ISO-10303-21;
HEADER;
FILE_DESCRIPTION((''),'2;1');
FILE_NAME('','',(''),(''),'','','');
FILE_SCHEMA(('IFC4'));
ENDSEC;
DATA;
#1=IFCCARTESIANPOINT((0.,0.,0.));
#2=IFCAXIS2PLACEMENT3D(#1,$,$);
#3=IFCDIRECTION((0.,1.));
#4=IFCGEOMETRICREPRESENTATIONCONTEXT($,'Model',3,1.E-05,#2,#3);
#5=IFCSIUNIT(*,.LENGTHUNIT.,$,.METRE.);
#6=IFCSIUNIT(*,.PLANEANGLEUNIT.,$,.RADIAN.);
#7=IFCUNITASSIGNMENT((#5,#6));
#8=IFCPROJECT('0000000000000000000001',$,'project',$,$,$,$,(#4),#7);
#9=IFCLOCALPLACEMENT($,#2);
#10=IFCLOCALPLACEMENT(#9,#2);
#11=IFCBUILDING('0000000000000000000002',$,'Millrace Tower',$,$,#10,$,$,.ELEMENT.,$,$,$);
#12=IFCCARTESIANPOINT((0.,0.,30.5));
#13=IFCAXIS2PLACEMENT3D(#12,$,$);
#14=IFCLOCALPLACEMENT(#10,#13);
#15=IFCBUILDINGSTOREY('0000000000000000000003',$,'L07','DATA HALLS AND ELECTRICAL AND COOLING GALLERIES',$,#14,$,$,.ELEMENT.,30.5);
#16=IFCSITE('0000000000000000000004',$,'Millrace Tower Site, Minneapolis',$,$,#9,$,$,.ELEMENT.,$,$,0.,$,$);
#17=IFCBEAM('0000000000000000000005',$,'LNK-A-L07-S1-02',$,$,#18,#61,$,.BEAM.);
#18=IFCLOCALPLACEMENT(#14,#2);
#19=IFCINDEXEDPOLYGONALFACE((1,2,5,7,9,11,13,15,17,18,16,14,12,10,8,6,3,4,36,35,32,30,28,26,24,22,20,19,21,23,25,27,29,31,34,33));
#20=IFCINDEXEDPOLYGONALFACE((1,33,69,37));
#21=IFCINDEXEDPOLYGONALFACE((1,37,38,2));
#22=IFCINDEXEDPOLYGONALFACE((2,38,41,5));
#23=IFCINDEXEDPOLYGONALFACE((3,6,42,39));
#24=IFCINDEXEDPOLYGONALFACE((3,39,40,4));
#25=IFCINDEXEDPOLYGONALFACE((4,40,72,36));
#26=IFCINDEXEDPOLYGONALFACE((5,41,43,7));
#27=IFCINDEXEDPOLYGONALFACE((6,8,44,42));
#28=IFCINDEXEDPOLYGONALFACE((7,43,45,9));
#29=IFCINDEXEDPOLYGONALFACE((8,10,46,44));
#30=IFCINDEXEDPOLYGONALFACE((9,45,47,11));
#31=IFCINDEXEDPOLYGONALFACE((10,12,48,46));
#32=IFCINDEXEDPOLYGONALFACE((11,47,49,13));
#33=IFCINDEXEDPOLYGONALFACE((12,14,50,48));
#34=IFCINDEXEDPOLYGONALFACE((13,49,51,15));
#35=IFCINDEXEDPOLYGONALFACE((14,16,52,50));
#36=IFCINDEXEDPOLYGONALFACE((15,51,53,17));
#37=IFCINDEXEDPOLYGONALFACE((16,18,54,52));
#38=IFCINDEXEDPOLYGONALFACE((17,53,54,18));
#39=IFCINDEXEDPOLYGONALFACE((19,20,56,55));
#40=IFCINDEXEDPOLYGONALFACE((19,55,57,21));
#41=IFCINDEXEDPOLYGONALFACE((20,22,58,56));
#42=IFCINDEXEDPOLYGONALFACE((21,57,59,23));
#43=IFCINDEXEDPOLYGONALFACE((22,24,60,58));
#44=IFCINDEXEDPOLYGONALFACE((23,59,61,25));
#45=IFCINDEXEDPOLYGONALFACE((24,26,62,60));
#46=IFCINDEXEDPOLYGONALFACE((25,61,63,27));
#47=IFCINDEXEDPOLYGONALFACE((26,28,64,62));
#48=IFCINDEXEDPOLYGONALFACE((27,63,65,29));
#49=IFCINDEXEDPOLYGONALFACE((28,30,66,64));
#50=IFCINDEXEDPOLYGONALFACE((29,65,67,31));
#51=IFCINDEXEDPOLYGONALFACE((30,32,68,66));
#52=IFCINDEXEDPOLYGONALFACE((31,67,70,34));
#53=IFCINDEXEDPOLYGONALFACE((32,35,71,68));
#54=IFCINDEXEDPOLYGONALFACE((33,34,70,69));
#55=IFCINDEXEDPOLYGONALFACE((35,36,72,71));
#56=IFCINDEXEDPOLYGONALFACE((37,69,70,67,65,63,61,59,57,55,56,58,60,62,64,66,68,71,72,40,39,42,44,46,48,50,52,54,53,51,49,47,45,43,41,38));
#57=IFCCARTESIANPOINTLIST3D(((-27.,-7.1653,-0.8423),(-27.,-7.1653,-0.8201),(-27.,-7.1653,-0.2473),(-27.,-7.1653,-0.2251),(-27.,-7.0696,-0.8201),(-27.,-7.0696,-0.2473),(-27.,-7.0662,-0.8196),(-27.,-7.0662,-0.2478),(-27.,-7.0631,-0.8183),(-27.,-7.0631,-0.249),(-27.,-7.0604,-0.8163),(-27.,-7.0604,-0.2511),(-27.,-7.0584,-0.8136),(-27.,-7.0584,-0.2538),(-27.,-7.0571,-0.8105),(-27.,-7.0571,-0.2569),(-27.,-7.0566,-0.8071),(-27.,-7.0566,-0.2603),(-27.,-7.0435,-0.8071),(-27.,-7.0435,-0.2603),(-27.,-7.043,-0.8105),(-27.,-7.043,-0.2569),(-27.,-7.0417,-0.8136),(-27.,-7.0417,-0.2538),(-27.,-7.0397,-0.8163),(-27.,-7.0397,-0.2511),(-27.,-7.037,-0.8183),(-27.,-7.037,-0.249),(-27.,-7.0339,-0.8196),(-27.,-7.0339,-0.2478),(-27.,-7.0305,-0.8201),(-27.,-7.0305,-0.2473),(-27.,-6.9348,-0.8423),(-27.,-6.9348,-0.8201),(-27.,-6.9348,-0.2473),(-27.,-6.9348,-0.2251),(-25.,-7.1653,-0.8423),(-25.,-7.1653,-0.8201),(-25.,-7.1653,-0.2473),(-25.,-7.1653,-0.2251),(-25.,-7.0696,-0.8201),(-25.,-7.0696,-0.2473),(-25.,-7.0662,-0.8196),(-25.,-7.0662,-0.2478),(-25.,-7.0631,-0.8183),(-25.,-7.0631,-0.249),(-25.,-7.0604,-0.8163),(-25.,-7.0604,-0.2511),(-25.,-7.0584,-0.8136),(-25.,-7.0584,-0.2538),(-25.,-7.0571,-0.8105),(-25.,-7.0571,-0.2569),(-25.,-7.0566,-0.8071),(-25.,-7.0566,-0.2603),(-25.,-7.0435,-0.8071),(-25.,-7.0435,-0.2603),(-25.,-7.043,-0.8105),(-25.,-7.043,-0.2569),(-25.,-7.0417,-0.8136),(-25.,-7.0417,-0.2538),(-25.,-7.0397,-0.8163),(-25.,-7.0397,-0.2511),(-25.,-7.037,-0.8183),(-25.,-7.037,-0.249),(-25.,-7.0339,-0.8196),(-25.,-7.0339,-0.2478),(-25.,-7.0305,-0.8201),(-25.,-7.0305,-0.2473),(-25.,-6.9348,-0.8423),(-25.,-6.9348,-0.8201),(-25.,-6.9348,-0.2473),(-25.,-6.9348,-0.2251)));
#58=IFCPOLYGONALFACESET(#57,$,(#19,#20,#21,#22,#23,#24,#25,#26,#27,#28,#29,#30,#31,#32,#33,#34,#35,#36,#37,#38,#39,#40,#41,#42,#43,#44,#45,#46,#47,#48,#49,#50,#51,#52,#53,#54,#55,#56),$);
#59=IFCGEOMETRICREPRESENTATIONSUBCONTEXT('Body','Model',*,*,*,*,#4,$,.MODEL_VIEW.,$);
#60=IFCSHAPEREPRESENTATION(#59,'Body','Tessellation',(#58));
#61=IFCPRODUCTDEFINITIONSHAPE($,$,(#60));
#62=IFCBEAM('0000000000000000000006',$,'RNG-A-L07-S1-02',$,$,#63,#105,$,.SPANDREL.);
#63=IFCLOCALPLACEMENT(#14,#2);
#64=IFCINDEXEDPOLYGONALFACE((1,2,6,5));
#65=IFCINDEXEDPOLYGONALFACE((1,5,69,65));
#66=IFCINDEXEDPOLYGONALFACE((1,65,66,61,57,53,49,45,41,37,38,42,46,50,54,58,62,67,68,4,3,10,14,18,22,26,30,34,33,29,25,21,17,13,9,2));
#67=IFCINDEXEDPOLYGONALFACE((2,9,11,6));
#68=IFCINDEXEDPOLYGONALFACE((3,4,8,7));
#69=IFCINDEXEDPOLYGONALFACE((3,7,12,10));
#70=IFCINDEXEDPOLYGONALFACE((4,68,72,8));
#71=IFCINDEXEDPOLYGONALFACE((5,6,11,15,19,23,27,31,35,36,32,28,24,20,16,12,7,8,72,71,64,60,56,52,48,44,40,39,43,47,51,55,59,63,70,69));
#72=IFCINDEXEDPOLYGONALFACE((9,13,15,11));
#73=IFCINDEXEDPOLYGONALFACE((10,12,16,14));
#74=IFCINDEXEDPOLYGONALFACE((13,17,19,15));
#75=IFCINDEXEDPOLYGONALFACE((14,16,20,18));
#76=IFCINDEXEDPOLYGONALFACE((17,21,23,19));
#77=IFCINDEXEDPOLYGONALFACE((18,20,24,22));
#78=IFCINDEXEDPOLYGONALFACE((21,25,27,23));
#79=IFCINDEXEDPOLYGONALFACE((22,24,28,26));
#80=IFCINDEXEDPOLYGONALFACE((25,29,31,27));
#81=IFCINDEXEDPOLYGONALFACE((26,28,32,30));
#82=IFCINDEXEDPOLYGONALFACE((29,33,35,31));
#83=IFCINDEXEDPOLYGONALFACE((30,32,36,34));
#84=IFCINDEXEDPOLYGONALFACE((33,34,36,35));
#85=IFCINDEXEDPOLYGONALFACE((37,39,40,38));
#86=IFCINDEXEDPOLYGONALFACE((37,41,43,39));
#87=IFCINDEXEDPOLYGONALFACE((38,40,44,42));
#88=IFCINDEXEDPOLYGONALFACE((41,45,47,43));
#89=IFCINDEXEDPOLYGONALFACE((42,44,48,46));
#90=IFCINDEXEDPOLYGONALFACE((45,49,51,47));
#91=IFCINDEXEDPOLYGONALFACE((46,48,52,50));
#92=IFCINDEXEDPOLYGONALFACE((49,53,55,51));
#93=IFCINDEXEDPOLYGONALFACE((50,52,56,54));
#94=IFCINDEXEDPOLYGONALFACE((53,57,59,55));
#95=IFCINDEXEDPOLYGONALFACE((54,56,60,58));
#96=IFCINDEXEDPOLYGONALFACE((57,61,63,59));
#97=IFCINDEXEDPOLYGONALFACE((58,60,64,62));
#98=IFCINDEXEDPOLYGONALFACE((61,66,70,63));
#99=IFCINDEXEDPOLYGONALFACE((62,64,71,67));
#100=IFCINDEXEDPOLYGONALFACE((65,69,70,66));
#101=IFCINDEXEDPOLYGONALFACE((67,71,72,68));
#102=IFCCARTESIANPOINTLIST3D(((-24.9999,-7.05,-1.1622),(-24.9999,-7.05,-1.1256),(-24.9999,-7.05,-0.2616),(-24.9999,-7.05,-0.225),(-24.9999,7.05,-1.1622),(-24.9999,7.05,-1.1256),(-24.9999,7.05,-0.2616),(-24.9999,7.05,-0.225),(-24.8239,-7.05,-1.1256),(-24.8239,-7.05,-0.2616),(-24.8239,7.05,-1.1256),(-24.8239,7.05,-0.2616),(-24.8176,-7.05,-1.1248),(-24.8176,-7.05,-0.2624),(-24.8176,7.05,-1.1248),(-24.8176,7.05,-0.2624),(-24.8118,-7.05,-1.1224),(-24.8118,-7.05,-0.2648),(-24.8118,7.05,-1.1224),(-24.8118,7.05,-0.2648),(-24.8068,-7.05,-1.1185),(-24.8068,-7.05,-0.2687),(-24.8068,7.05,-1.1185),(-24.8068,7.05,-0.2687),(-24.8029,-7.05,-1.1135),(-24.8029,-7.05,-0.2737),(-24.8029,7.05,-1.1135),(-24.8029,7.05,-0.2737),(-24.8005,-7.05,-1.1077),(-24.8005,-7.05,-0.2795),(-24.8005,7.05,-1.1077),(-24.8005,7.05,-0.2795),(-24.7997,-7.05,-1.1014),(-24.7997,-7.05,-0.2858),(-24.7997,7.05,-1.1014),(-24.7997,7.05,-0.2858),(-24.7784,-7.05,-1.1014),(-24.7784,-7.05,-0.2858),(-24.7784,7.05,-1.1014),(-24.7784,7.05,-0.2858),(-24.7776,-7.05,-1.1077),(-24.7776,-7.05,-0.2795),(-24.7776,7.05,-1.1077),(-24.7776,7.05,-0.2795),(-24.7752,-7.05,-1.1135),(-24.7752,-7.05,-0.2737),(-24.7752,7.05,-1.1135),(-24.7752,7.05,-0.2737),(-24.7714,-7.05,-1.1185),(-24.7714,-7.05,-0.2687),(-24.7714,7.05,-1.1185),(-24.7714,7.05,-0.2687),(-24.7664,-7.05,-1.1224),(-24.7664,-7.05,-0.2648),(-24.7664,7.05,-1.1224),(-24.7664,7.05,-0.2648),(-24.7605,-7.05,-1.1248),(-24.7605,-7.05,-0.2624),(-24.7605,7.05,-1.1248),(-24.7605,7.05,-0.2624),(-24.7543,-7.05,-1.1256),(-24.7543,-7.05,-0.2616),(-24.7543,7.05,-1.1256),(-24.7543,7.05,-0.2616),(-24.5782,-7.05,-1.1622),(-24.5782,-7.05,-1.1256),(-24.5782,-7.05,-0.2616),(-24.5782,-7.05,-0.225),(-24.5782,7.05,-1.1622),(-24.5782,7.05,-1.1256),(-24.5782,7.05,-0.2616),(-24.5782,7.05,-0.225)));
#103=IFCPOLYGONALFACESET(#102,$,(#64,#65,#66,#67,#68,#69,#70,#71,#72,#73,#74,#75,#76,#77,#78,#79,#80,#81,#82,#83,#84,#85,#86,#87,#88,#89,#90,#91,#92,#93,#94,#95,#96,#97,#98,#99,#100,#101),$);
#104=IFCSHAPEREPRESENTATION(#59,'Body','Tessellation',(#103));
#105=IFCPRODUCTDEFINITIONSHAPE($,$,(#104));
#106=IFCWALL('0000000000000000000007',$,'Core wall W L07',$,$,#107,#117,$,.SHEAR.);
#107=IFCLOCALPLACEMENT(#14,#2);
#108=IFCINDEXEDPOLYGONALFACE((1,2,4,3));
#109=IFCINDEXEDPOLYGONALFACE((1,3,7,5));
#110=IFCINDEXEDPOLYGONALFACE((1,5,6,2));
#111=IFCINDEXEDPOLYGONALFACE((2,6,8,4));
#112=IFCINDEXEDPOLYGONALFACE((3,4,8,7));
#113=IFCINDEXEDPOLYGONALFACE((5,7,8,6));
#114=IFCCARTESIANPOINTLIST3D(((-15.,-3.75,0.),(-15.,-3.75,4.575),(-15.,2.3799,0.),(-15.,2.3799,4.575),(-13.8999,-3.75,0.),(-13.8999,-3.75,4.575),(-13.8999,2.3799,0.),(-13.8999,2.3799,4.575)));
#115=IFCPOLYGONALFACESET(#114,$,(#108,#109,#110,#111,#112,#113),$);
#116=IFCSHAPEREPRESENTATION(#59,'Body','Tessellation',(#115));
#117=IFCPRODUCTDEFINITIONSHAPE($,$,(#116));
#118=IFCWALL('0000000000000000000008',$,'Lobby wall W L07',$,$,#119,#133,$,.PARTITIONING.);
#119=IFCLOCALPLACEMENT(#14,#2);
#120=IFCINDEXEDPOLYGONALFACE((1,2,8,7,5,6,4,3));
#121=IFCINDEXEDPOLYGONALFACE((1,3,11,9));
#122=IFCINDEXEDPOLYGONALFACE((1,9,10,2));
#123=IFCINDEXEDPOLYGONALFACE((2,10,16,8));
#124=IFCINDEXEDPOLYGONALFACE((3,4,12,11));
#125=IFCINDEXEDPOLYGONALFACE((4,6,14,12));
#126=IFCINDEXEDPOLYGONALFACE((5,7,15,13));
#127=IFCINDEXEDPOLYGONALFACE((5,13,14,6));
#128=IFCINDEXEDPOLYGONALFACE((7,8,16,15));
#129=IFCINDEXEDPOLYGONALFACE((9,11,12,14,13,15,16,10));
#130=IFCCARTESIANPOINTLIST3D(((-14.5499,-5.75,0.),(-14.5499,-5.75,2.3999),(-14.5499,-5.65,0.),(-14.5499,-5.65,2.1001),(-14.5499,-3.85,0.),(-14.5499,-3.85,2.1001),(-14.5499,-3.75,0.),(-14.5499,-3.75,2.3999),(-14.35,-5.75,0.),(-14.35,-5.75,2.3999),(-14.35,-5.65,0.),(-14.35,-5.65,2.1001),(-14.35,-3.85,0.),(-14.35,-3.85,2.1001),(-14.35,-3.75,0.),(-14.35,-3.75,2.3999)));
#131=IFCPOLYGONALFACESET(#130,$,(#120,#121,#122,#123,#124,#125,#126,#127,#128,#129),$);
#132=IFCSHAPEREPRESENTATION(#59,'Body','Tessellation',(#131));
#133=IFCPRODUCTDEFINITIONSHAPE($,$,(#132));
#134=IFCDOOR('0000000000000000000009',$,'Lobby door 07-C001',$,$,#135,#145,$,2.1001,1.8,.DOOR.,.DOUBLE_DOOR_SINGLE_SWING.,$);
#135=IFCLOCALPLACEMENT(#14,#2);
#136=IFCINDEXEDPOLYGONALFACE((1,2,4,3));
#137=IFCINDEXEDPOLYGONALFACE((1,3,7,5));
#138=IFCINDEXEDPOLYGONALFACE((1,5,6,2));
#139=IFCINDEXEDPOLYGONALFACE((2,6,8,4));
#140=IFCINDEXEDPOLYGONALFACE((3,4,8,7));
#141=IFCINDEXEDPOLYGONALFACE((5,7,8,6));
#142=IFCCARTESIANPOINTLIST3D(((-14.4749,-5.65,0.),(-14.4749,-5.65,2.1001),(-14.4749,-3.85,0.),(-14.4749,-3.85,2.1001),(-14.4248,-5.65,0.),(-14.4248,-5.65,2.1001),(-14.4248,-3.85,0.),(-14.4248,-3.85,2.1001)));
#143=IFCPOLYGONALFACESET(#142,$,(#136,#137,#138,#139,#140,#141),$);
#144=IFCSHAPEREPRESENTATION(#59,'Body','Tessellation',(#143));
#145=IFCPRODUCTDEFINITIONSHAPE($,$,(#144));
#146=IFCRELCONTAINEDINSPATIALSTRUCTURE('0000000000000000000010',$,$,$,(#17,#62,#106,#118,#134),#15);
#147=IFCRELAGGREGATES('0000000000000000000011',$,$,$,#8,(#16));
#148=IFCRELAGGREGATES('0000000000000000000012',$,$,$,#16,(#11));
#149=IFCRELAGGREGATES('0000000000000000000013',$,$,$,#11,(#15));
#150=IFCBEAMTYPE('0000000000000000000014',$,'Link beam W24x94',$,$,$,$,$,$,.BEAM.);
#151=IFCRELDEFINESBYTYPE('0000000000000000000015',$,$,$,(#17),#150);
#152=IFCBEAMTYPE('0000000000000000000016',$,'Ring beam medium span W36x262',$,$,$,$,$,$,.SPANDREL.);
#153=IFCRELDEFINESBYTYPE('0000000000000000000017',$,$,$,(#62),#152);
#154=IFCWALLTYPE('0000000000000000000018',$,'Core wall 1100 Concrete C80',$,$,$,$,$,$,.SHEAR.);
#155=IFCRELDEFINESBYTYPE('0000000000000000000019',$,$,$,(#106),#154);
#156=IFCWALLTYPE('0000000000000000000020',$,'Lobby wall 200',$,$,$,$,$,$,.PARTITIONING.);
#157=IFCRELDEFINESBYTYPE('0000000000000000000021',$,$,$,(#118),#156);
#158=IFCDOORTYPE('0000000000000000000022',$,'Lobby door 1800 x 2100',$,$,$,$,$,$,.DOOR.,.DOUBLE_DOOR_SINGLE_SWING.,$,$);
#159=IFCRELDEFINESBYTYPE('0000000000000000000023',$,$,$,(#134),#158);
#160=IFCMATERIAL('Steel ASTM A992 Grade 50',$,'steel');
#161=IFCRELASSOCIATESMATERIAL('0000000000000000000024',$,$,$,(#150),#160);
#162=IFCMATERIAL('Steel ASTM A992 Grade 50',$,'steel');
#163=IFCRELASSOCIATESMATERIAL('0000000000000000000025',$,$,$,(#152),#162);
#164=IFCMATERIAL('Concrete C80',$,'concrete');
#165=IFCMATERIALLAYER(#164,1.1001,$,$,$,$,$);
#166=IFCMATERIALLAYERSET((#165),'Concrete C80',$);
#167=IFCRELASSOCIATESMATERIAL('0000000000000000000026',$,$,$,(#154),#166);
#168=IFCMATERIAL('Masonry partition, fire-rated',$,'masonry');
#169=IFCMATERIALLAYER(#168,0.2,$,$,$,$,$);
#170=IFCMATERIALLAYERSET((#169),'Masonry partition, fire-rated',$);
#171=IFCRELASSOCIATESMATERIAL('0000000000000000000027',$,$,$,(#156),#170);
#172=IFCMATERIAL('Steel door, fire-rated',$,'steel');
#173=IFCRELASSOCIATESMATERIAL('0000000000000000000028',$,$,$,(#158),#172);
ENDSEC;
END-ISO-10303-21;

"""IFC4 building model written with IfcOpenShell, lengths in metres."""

from ifc_helpers import new_model, si_unit, direction, frame, frame_2d, origin, origin_2d, place, context, subcontext, project, spatial, rectangle, i_section, extrude, material, layer, layer_set, material_profile, profile_set, type_object, element, fill, save


model = new_model("IFC4")

# Units and contexts
model_context = context("Model", 3, precision=1e-05, world=origin(), true_north=direction((0.0, 1.0)))
body_context = subcontext(model_context, "Body", "Model", "MODEL_VIEW")
ifc_project = project(units=[si_unit("LENGTHUNIT", "METRE"), si_unit("PLANEANGLEUNIT", "RADIAN")], contexts=[model_context])

# Site, building, storey
site_placement = place(None, origin())
site = spatial("IfcSite", under=ifc_project, at=site_placement, Name="Millrace Tower Site, Minneapolis", CompositionType="ELEMENT", RefElevation=0.0)
building_placement = place(site_placement, origin())
building = spatial("IfcBuilding", under=site, at=building_placement, Name="Millrace Tower", CompositionType="ELEMENT")
storey_placement = place(building_placement, frame((0.0, 0.0, 30.5)))
storey = spatial("IfcBuildingStorey", under=building, at=storey_placement, Name="L07", Description="DATA HALLS AND ELECTRICAL AND COOLING GALLERIES", CompositionType="ELEMENT", Elevation=30.5)

# Beams
ifc_material_1 = material(Name="Steel ASTM A992 Grade 50", Category="steel")
ifc_material_profile_1 = material_profile(ifc_material_1, i_section(OverallWidth=0.2305, OverallDepth=0.6172, WebThickness=0.0132, FlangeThickness=0.0222, FilletRadius=0.0129, at=origin_2d()))
ifc_profile_set_1 = profile_set([ifc_material_profile_1], Name="Steel ASTM A992 Grade 50")
beam_type_1 = type_object("IfcBeamType", Name="Link beam W24x94", PredefinedType="BEAM", material=ifc_profile_set_1)
beam_1_placement = place(storey_placement, frame((-25.0, -7.05, -0.5337), z_axis=(-1.0, 0.0, 0.0), x_axis=(0.0, -1.0, 0.0)))
element("IfcBeam", 1, at=beam_1_placement, inside=storey, type_object=beam_type_1, Name="LNK-A-L07-S1-02", PredefinedType="BEAM", context=body_context, shape_type="SweptSolid", body=[
    extrude(i_section(OverallWidth=0.2305, OverallDepth=0.6172, WebThickness=0.0132, FlangeThickness=0.0222, FilletRadius=0.0129, at=origin_2d()), origin(), (0.0, 0.0, 1.0), 2.0),
])
ifc_material_2 = material(Name="Steel ASTM A992 Grade 50", Category="steel")
ifc_material_profile_2 = material_profile(ifc_material_2, i_section(OverallWidth=0.4216, OverallDepth=0.9373, WebThickness=0.0212, FlangeThickness=0.0366, FilletRadius=0.0242, at=origin_2d()))
ifc_profile_set_2 = profile_set([ifc_material_profile_2], Name="Steel ASTM A992 Grade 50")
beam_type_2 = type_object("IfcBeamType", Name="Ring beam medium span W36x262", PredefinedType="SPANDREL", material=ifc_profile_set_2)
beam_2_placement = place(storey_placement, frame((-24.7891, -7.05, -0.6936), z_axis=(0.0, 1.0, 0.0), x_axis=(-1.0, 0.0, 0.0)))
element("IfcBeam", 2, at=beam_2_placement, inside=storey, type_object=beam_type_2, Name="RNG-A-L07-S1-02", PredefinedType="SPANDREL", context=body_context, shape_type="SweptSolid", body=[
    extrude(i_section(OverallWidth=0.4216, OverallDepth=0.9373, WebThickness=0.0212, FlangeThickness=0.0366, FilletRadius=0.0242, at=origin_2d()), origin(), (0.0, 0.0, 1.0), 14.1001),
])

# Wall
ifc_material_3 = material(Name="Concrete C80", Category="concrete")
ifc_layer_1 = layer(ifc_material_3, 1.1001)
ifc_layer_set_1 = layer_set([ifc_layer_1], Name="Concrete C80")
wall_type_1 = type_object("IfcWallType", Name="Core wall 1100 Concrete C80", PredefinedType="SHEAR", material=ifc_layer_set_1)
wall_1_placement = place(storey_placement, frame((-14.45, -3.75, 0.0), z_axis=(0.0, 0.0, 1.0), x_axis=(0.0, 1.0, 0.0)))
element("IfcWall", 3, at=wall_1_placement, inside=storey, type_object=wall_type_1, Name="Core wall W L07", PredefinedType="SHEAR", context=body_context, shape_type="SweptSolid", body=[
    extrude(rectangle(XDim=6.1299, YDim=1.1001, at=frame_2d((3.0649, 0.0))), origin(), (0.0, 0.0, 1.0), 4.575),
])

# Wall, opening, door
ifc_material_4 = material(Name="Masonry partition, fire-rated", Category="masonry")
ifc_layer_2 = layer(ifc_material_4, 0.2)
ifc_layer_set_2 = layer_set([ifc_layer_2], Name="Masonry partition, fire-rated")
wall_type_2 = type_object("IfcWallType", Name="Lobby wall 200", PredefinedType="PARTITIONING", material=ifc_layer_set_2)
wall_2_placement = place(storey_placement, frame((-14.45, -5.75, 0.0), z_axis=(0.0, 0.0, 1.0), x_axis=(0.0, 1.0, 0.0)))
wall_2 = element("IfcWall", 4, at=wall_2_placement, inside=storey, type_object=wall_type_2, Name="Lobby wall W L07", PredefinedType="PARTITIONING", context=body_context, shape_type="SweptSolid", body=[
    extrude(rectangle(XDim=2.0, YDim=0.2, at=frame_2d((1.0, 0.0))), origin(), (0.0, 0.0, 1.0), 2.3999),
])
opening_placement = place(wall_2_placement, frame((0.1001, 0.0, 0.0)))
opening = element("IfcOpeningElement", 5, at=opening_placement, cuts=wall_2, PredefinedType="OPENING", context=body_context, shape_type="SweptSolid", body=[
    extrude(rectangle(XDim=1.8, YDim=2.1001, at=frame_2d((0.8999, 1.05))), frame((0.0, 0.1099, 0.0), z_axis=(0.0, -1.0, 0.0), x_axis=(1.0, 0.0, 0.0)), (0.0, 0.0, 1.0), 0.22),
])
ifc_material_5 = material(Name="Steel door, fire-rated", Category="steel")
door_type = type_object("IfcDoorType", Name="Lobby door 1800 x 2100", OperationType="DOUBLE_DOOR_SINGLE_SWING", PredefinedType="DOOR", material=ifc_material_5)
door_placement = place(opening_placement, origin())
door = element("IfcDoor", 6, at=door_placement, inside=storey, type_object=door_type, Name="Lobby door 07-C001", OperationType="DOUBLE_DOOR_SINGLE_SWING", OverallHeight=2.1001, OverallWidth=1.8, PredefinedType="DOOR", context=body_context, shape_type="SweptSolid", body=[
    extrude(rectangle(XDim=1.8, YDim=2.1001, at=frame_2d((0.8999, 1.05))), frame((0.0, 0.0249, 0.0), z_axis=(0.0, -1.0, 0.0), x_axis=(1.0, 0.0, 0.0)), (0.0, 0.0, 1.0), 0.05),
])
fill(opening, door)

save(model, "model.ifc")
